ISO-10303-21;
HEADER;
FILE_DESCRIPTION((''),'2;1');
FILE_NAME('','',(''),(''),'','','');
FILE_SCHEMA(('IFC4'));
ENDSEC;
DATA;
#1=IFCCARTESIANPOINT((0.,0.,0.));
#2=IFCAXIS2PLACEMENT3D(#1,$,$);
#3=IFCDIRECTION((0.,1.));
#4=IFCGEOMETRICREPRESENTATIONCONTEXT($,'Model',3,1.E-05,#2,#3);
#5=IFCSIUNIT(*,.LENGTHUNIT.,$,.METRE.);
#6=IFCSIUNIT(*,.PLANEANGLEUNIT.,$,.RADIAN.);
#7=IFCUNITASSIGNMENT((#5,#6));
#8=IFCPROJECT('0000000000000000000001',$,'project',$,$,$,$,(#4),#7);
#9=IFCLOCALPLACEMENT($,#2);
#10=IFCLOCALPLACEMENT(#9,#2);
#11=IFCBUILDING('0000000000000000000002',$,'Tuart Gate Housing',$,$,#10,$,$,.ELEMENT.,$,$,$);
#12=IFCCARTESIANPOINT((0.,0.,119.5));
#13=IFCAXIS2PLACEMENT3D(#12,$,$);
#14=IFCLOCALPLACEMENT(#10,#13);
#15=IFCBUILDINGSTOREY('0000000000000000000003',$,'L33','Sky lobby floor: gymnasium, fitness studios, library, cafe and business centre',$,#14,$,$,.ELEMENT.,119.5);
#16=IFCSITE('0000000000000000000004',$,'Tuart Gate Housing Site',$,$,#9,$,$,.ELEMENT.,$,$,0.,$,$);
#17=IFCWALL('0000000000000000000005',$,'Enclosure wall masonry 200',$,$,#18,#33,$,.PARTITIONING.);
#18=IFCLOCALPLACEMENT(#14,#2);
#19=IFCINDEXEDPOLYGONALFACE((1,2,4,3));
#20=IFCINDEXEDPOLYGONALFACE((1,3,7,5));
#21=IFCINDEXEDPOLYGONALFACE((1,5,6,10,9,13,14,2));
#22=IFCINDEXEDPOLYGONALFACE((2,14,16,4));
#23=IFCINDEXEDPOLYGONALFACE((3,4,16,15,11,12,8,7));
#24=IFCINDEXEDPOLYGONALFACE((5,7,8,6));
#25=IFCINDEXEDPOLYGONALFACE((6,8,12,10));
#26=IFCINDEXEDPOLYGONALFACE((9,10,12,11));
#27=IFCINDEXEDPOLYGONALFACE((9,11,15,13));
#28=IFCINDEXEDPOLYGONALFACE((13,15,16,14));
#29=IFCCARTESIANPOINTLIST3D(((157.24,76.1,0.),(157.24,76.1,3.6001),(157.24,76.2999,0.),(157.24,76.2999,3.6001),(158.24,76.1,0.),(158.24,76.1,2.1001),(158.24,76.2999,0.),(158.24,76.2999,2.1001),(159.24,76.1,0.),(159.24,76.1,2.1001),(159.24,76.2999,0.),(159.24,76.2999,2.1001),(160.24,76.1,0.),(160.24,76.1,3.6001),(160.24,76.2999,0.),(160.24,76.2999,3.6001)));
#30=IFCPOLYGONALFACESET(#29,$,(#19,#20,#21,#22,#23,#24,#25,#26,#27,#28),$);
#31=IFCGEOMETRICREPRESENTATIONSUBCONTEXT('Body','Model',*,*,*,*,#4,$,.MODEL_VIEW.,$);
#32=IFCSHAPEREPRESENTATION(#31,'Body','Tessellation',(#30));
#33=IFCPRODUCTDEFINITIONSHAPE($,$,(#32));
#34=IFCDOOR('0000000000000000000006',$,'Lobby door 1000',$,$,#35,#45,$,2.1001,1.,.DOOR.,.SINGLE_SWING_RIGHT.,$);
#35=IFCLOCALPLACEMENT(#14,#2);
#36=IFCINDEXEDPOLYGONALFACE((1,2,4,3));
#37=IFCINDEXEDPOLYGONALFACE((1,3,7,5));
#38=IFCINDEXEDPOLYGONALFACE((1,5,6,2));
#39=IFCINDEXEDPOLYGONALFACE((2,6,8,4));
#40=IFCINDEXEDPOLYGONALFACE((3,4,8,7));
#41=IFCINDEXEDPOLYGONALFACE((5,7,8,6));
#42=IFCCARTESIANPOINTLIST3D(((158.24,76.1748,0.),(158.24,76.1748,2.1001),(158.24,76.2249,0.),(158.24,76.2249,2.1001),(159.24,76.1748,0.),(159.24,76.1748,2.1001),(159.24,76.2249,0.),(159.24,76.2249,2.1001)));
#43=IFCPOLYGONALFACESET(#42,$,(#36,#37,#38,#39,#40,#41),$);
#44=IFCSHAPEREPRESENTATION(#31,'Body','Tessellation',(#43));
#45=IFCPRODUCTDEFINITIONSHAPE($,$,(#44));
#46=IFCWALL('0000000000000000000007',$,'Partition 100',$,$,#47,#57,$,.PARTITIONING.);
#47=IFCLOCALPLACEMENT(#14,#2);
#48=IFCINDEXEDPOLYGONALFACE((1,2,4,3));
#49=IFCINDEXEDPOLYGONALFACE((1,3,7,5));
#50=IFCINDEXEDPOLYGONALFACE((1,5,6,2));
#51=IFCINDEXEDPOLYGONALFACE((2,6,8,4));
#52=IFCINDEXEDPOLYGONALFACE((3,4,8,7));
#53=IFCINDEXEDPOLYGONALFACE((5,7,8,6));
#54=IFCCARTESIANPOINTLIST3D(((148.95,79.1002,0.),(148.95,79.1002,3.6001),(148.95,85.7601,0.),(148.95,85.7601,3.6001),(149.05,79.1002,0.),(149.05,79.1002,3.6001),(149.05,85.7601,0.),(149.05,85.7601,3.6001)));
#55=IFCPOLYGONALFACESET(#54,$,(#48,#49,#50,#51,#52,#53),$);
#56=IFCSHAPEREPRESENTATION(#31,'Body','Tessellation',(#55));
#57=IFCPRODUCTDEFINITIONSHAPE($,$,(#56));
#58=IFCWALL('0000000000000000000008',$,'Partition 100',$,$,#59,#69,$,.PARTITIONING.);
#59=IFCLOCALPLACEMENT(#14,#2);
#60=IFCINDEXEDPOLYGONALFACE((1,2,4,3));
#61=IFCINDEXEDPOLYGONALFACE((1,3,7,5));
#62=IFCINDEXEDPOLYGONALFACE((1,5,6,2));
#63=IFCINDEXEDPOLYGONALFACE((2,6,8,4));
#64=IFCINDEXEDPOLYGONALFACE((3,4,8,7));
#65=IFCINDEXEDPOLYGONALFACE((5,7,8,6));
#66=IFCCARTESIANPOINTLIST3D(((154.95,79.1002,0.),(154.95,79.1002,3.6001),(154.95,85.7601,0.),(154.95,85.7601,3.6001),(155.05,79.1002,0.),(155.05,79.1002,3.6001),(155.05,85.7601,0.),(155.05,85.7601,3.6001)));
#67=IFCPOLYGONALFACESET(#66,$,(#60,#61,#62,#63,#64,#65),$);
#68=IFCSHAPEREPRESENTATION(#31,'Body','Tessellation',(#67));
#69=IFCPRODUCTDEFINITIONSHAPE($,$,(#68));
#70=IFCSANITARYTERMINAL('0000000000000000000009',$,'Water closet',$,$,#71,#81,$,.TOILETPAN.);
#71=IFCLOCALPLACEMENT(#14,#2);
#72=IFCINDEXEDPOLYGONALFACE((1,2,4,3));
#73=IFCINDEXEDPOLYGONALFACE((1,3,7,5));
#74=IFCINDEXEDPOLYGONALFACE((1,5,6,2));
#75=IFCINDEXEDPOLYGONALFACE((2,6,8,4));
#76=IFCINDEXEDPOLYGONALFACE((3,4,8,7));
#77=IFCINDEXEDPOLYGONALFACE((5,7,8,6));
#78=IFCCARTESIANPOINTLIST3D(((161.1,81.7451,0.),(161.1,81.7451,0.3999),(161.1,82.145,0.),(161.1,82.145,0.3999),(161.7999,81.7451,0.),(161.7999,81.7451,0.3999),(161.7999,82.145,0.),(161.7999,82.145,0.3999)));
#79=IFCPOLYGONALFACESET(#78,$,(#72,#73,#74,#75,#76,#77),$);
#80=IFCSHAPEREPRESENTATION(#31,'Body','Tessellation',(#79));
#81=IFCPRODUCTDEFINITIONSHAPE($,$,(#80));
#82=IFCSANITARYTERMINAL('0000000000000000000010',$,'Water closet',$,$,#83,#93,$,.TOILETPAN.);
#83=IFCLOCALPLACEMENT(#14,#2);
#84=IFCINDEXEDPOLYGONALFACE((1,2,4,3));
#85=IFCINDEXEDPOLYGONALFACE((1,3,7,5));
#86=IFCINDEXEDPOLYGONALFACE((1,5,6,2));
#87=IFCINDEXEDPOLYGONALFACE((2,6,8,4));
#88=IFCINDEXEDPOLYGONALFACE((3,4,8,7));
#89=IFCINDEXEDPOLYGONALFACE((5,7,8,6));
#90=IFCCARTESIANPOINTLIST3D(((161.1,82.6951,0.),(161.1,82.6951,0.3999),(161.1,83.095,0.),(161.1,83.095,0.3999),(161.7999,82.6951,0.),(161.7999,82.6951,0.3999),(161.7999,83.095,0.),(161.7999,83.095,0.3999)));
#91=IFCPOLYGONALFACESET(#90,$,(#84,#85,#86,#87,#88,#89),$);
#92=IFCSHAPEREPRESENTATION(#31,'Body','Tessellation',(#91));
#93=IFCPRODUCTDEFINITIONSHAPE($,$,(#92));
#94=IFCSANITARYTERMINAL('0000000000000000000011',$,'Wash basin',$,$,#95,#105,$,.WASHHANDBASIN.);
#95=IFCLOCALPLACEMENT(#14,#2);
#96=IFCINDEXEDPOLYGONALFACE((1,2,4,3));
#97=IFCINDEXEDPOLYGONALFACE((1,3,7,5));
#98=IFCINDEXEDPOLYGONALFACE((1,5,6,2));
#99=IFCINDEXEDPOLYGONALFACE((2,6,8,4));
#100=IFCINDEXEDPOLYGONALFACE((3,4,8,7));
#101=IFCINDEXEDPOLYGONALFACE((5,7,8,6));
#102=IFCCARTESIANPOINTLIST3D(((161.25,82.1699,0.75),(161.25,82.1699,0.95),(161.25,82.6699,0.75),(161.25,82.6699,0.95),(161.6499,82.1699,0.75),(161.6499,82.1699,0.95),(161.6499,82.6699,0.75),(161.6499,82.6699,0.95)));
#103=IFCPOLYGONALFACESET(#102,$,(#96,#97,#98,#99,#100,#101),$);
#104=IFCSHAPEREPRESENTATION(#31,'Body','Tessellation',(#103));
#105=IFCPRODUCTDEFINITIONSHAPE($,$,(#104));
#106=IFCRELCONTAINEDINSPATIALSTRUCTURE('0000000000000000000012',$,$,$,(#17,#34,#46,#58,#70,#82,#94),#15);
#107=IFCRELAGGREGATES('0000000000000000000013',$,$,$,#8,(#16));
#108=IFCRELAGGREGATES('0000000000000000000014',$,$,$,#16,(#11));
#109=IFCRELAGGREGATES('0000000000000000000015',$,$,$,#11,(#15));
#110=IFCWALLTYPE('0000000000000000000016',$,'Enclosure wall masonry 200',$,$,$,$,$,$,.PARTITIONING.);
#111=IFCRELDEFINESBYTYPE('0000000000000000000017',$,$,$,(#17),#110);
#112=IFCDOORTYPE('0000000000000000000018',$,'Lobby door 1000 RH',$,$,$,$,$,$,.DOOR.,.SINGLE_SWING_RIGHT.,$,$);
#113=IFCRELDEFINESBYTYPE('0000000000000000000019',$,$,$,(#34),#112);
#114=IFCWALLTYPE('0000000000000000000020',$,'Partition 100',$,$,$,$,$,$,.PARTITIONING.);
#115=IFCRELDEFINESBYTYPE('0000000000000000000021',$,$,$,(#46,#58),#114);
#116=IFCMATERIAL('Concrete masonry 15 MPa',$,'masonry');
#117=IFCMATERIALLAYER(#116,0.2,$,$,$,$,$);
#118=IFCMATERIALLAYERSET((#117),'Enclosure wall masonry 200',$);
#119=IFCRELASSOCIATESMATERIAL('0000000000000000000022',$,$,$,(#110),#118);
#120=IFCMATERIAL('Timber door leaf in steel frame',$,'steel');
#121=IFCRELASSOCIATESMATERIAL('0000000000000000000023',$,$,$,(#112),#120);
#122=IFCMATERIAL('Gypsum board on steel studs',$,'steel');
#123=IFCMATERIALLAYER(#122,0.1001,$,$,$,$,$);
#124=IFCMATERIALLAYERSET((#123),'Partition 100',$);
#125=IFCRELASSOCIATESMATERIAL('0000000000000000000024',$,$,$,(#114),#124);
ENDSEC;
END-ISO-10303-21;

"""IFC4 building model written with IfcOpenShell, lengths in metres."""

from ifc_helpers import new_model, si_unit, direction, frame, frame_2d, origin, origin_2d, place, context, subcontext, project, spatial, rectangle, extrude, material, layer, layer_set, type_object, element, fill, save


model = new_model("IFC4")

# Units and contexts
model_context = context("Model", 3, precision=1e-05, world=origin(), true_north=direction((0.0, 1.0)))
body_context = subcontext(model_context, "Body", "Model", "MODEL_VIEW")
ifc_project = project(units=[si_unit("LENGTHUNIT", "METRE"), si_unit("PLANEANGLEUNIT", "RADIAN")], contexts=[model_context])

# Site, building, storey
site_placement = place(None, origin())
site = spatial("IfcSite", under=ifc_project, at=site_placement, Name="Tuart Gate Housing Site", CompositionType="ELEMENT", RefElevation=0.0)
building_placement = place(site_placement, origin())
building = spatial("IfcBuilding", under=site, at=building_placement, Name="Tuart Gate Housing", CompositionType="ELEMENT")
storey_placement = place(building_placement, frame((0.0, 0.0, 119.5)))
storey = spatial("IfcBuildingStorey", under=building, at=storey_placement, Name="L33", Description="Sky lobby floor: gymnasium, fitness studios, library, cafe and business centre", CompositionType="ELEMENT", Elevation=119.5)

# Wall, opening, door
ifc_material_1 = material(Name="Concrete masonry 15 MPa", Category="masonry")
ifc_layer_1 = layer(ifc_material_1, 0.2)
ifc_layer_set_1 = layer_set([ifc_layer_1], Name="Enclosure wall masonry 200")
wall_type_1 = type_object("IfcWallType", Name="Enclosure wall masonry 200", PredefinedType="PARTITIONING", material=ifc_layer_set_1)
wall_1_placement = place(storey_placement, frame((157.24, 76.2, 0.0), z_axis=(0.0, 0.0, 1.0), x_axis=(1.0, 0.0, 0.0)))
wall_1 = element("IfcWall", 1, at=wall_1_placement, inside=storey, type_object=wall_type_1, Name="Enclosure wall masonry 200", PredefinedType="PARTITIONING", context=body_context, shape_type="SweptSolid", body=[
    extrude(rectangle(XDim=3.0, YDim=0.2, at=frame_2d((1.5, 0.0))), origin(), (0.0, 0.0, 1.0), 3.6001),
])
opening_1_placement = place(wall_1_placement, frame((1.0, 0.0, 0.0)))
opening_1 = element("IfcOpeningElement", 2, at=opening_1_placement, cuts=wall_1, PredefinedType="OPENING", context=body_context, shape_type="SweptSolid", body=[
    extrude(rectangle(XDim=1.0, YDim=2.1001, at=frame_2d((0.5, 1.05))), frame((0.0, 0.1099, 0.0), z_axis=(0.0, -1.0, 0.0), x_axis=(1.0, 0.0, 0.0)), (0.0, 0.0, 1.0), 0.22),
])
ifc_material_2 = material(Name="Timber door leaf in steel frame", Category="steel")
door_type_1 = type_object("IfcDoorType", Name="Lobby door 1000 RH", OperationType="SINGLE_SWING_RIGHT", PredefinedType="DOOR", material=ifc_material_2)
door_1_placement = place(opening_1_placement, frame((1.0, 0.0, 0.0), z_axis=(0.0, 0.0, 1.0), x_axis=(-1.0, 0.0, 0.0)))
door_1 = element("IfcDoor", 3, at=door_1_placement, inside=storey, type_object=door_type_1, Name="Lobby door 1000", OperationType="SINGLE_SWING_RIGHT", OverallHeight=2.1001, OverallWidth=1.0, PredefinedType="DOOR", context=body_context, shape_type="SweptSolid", body=[
    extrude(rectangle(XDim=1.0, YDim=2.1001, at=frame_2d((0.5, 1.05))), frame((0.0, 0.0251, 0.0), z_axis=(0.0, -1.0, 0.0), x_axis=(1.0, 0.0, 0.0)), (0.0, 0.0, 1.0), 0.05),
])
fill(opening_1, door_1)

# Walls
ifc_material_3 = material(Name="Gypsum board on steel studs", Category="steel")
ifc_layer_2 = layer(ifc_material_3, 0.1001)
ifc_layer_set_2 = layer_set([ifc_layer_2], Name="Partition 100")
wall_type_2 = type_object("IfcWallType", Name="Partition 100", PredefinedType="PARTITIONING", material=ifc_layer_set_2)
for number, where, z_axis, x_axis, name in (
    (4, (149.0, 79.1001, 0.0), (0.0, 0.0, 1.0), (0.0, 1.0, 0.0), "Partition 100"),
    (5, (155.0, 79.1001, 0.0), (0.0, 0.0, 1.0), (0.0, 1.0, 0.0), "Partition 100"),
):
    element("IfcWall", number, at=place(storey_placement, frame(where, z_axis=z_axis, x_axis=x_axis)), inside=storey, type_object=wall_type_2, Name=name, PredefinedType="PARTITIONING", context=body_context, shape_type="SweptSolid", body=[
        extrude(rectangle(XDim=6.6599, YDim=0.1001, at=frame_2d((3.3301, 0.0))), origin(), (0.0, 0.0, 1.0), 3.6001),
    ])

# Sanitary terminals
for number, where, z_axis, x_axis, name in (
    (6, (161.45, 81.9451, 0.0), (0.0, 0.0, 1.0), (1.0, 0.0, 0.0), "Water closet"),
    (7, (161.45, 82.895, 0.0), (0.0, 0.0, 1.0), (1.0, 0.0, 0.0), "Water closet"),
):
    element("IfcSanitaryTerminal", number, at=place(storey_placement, frame(where, z_axis=z_axis, x_axis=x_axis)), inside=storey, Name=name, PredefinedType="TOILETPAN", context=body_context, shape_type="SweptSolid", body=[
        extrude(rectangle(XDim=0.7, YDim=0.3999, at=origin_2d()), origin(), (0.0, 0.0, 1.0), 0.3999),
    ])
sanitary_terminal_placement = place(storey_placement, frame((161.45, 82.4199, 0.75), z_axis=(0.0, 0.0, 1.0), x_axis=(1.0, 0.0, 0.0)))
element("IfcSanitaryTerminal", 8, at=sanitary_terminal_placement, inside=storey, Name="Wash basin", PredefinedType="WASHHANDBASIN", context=body_context, shape_type="SweptSolid", body=[
    extrude(rectangle(XDim=0.3999, YDim=0.5, at=origin_2d()), origin(), (0.0, 0.0, 1.0), 0.2),
])

save(model, "model.ifc")
